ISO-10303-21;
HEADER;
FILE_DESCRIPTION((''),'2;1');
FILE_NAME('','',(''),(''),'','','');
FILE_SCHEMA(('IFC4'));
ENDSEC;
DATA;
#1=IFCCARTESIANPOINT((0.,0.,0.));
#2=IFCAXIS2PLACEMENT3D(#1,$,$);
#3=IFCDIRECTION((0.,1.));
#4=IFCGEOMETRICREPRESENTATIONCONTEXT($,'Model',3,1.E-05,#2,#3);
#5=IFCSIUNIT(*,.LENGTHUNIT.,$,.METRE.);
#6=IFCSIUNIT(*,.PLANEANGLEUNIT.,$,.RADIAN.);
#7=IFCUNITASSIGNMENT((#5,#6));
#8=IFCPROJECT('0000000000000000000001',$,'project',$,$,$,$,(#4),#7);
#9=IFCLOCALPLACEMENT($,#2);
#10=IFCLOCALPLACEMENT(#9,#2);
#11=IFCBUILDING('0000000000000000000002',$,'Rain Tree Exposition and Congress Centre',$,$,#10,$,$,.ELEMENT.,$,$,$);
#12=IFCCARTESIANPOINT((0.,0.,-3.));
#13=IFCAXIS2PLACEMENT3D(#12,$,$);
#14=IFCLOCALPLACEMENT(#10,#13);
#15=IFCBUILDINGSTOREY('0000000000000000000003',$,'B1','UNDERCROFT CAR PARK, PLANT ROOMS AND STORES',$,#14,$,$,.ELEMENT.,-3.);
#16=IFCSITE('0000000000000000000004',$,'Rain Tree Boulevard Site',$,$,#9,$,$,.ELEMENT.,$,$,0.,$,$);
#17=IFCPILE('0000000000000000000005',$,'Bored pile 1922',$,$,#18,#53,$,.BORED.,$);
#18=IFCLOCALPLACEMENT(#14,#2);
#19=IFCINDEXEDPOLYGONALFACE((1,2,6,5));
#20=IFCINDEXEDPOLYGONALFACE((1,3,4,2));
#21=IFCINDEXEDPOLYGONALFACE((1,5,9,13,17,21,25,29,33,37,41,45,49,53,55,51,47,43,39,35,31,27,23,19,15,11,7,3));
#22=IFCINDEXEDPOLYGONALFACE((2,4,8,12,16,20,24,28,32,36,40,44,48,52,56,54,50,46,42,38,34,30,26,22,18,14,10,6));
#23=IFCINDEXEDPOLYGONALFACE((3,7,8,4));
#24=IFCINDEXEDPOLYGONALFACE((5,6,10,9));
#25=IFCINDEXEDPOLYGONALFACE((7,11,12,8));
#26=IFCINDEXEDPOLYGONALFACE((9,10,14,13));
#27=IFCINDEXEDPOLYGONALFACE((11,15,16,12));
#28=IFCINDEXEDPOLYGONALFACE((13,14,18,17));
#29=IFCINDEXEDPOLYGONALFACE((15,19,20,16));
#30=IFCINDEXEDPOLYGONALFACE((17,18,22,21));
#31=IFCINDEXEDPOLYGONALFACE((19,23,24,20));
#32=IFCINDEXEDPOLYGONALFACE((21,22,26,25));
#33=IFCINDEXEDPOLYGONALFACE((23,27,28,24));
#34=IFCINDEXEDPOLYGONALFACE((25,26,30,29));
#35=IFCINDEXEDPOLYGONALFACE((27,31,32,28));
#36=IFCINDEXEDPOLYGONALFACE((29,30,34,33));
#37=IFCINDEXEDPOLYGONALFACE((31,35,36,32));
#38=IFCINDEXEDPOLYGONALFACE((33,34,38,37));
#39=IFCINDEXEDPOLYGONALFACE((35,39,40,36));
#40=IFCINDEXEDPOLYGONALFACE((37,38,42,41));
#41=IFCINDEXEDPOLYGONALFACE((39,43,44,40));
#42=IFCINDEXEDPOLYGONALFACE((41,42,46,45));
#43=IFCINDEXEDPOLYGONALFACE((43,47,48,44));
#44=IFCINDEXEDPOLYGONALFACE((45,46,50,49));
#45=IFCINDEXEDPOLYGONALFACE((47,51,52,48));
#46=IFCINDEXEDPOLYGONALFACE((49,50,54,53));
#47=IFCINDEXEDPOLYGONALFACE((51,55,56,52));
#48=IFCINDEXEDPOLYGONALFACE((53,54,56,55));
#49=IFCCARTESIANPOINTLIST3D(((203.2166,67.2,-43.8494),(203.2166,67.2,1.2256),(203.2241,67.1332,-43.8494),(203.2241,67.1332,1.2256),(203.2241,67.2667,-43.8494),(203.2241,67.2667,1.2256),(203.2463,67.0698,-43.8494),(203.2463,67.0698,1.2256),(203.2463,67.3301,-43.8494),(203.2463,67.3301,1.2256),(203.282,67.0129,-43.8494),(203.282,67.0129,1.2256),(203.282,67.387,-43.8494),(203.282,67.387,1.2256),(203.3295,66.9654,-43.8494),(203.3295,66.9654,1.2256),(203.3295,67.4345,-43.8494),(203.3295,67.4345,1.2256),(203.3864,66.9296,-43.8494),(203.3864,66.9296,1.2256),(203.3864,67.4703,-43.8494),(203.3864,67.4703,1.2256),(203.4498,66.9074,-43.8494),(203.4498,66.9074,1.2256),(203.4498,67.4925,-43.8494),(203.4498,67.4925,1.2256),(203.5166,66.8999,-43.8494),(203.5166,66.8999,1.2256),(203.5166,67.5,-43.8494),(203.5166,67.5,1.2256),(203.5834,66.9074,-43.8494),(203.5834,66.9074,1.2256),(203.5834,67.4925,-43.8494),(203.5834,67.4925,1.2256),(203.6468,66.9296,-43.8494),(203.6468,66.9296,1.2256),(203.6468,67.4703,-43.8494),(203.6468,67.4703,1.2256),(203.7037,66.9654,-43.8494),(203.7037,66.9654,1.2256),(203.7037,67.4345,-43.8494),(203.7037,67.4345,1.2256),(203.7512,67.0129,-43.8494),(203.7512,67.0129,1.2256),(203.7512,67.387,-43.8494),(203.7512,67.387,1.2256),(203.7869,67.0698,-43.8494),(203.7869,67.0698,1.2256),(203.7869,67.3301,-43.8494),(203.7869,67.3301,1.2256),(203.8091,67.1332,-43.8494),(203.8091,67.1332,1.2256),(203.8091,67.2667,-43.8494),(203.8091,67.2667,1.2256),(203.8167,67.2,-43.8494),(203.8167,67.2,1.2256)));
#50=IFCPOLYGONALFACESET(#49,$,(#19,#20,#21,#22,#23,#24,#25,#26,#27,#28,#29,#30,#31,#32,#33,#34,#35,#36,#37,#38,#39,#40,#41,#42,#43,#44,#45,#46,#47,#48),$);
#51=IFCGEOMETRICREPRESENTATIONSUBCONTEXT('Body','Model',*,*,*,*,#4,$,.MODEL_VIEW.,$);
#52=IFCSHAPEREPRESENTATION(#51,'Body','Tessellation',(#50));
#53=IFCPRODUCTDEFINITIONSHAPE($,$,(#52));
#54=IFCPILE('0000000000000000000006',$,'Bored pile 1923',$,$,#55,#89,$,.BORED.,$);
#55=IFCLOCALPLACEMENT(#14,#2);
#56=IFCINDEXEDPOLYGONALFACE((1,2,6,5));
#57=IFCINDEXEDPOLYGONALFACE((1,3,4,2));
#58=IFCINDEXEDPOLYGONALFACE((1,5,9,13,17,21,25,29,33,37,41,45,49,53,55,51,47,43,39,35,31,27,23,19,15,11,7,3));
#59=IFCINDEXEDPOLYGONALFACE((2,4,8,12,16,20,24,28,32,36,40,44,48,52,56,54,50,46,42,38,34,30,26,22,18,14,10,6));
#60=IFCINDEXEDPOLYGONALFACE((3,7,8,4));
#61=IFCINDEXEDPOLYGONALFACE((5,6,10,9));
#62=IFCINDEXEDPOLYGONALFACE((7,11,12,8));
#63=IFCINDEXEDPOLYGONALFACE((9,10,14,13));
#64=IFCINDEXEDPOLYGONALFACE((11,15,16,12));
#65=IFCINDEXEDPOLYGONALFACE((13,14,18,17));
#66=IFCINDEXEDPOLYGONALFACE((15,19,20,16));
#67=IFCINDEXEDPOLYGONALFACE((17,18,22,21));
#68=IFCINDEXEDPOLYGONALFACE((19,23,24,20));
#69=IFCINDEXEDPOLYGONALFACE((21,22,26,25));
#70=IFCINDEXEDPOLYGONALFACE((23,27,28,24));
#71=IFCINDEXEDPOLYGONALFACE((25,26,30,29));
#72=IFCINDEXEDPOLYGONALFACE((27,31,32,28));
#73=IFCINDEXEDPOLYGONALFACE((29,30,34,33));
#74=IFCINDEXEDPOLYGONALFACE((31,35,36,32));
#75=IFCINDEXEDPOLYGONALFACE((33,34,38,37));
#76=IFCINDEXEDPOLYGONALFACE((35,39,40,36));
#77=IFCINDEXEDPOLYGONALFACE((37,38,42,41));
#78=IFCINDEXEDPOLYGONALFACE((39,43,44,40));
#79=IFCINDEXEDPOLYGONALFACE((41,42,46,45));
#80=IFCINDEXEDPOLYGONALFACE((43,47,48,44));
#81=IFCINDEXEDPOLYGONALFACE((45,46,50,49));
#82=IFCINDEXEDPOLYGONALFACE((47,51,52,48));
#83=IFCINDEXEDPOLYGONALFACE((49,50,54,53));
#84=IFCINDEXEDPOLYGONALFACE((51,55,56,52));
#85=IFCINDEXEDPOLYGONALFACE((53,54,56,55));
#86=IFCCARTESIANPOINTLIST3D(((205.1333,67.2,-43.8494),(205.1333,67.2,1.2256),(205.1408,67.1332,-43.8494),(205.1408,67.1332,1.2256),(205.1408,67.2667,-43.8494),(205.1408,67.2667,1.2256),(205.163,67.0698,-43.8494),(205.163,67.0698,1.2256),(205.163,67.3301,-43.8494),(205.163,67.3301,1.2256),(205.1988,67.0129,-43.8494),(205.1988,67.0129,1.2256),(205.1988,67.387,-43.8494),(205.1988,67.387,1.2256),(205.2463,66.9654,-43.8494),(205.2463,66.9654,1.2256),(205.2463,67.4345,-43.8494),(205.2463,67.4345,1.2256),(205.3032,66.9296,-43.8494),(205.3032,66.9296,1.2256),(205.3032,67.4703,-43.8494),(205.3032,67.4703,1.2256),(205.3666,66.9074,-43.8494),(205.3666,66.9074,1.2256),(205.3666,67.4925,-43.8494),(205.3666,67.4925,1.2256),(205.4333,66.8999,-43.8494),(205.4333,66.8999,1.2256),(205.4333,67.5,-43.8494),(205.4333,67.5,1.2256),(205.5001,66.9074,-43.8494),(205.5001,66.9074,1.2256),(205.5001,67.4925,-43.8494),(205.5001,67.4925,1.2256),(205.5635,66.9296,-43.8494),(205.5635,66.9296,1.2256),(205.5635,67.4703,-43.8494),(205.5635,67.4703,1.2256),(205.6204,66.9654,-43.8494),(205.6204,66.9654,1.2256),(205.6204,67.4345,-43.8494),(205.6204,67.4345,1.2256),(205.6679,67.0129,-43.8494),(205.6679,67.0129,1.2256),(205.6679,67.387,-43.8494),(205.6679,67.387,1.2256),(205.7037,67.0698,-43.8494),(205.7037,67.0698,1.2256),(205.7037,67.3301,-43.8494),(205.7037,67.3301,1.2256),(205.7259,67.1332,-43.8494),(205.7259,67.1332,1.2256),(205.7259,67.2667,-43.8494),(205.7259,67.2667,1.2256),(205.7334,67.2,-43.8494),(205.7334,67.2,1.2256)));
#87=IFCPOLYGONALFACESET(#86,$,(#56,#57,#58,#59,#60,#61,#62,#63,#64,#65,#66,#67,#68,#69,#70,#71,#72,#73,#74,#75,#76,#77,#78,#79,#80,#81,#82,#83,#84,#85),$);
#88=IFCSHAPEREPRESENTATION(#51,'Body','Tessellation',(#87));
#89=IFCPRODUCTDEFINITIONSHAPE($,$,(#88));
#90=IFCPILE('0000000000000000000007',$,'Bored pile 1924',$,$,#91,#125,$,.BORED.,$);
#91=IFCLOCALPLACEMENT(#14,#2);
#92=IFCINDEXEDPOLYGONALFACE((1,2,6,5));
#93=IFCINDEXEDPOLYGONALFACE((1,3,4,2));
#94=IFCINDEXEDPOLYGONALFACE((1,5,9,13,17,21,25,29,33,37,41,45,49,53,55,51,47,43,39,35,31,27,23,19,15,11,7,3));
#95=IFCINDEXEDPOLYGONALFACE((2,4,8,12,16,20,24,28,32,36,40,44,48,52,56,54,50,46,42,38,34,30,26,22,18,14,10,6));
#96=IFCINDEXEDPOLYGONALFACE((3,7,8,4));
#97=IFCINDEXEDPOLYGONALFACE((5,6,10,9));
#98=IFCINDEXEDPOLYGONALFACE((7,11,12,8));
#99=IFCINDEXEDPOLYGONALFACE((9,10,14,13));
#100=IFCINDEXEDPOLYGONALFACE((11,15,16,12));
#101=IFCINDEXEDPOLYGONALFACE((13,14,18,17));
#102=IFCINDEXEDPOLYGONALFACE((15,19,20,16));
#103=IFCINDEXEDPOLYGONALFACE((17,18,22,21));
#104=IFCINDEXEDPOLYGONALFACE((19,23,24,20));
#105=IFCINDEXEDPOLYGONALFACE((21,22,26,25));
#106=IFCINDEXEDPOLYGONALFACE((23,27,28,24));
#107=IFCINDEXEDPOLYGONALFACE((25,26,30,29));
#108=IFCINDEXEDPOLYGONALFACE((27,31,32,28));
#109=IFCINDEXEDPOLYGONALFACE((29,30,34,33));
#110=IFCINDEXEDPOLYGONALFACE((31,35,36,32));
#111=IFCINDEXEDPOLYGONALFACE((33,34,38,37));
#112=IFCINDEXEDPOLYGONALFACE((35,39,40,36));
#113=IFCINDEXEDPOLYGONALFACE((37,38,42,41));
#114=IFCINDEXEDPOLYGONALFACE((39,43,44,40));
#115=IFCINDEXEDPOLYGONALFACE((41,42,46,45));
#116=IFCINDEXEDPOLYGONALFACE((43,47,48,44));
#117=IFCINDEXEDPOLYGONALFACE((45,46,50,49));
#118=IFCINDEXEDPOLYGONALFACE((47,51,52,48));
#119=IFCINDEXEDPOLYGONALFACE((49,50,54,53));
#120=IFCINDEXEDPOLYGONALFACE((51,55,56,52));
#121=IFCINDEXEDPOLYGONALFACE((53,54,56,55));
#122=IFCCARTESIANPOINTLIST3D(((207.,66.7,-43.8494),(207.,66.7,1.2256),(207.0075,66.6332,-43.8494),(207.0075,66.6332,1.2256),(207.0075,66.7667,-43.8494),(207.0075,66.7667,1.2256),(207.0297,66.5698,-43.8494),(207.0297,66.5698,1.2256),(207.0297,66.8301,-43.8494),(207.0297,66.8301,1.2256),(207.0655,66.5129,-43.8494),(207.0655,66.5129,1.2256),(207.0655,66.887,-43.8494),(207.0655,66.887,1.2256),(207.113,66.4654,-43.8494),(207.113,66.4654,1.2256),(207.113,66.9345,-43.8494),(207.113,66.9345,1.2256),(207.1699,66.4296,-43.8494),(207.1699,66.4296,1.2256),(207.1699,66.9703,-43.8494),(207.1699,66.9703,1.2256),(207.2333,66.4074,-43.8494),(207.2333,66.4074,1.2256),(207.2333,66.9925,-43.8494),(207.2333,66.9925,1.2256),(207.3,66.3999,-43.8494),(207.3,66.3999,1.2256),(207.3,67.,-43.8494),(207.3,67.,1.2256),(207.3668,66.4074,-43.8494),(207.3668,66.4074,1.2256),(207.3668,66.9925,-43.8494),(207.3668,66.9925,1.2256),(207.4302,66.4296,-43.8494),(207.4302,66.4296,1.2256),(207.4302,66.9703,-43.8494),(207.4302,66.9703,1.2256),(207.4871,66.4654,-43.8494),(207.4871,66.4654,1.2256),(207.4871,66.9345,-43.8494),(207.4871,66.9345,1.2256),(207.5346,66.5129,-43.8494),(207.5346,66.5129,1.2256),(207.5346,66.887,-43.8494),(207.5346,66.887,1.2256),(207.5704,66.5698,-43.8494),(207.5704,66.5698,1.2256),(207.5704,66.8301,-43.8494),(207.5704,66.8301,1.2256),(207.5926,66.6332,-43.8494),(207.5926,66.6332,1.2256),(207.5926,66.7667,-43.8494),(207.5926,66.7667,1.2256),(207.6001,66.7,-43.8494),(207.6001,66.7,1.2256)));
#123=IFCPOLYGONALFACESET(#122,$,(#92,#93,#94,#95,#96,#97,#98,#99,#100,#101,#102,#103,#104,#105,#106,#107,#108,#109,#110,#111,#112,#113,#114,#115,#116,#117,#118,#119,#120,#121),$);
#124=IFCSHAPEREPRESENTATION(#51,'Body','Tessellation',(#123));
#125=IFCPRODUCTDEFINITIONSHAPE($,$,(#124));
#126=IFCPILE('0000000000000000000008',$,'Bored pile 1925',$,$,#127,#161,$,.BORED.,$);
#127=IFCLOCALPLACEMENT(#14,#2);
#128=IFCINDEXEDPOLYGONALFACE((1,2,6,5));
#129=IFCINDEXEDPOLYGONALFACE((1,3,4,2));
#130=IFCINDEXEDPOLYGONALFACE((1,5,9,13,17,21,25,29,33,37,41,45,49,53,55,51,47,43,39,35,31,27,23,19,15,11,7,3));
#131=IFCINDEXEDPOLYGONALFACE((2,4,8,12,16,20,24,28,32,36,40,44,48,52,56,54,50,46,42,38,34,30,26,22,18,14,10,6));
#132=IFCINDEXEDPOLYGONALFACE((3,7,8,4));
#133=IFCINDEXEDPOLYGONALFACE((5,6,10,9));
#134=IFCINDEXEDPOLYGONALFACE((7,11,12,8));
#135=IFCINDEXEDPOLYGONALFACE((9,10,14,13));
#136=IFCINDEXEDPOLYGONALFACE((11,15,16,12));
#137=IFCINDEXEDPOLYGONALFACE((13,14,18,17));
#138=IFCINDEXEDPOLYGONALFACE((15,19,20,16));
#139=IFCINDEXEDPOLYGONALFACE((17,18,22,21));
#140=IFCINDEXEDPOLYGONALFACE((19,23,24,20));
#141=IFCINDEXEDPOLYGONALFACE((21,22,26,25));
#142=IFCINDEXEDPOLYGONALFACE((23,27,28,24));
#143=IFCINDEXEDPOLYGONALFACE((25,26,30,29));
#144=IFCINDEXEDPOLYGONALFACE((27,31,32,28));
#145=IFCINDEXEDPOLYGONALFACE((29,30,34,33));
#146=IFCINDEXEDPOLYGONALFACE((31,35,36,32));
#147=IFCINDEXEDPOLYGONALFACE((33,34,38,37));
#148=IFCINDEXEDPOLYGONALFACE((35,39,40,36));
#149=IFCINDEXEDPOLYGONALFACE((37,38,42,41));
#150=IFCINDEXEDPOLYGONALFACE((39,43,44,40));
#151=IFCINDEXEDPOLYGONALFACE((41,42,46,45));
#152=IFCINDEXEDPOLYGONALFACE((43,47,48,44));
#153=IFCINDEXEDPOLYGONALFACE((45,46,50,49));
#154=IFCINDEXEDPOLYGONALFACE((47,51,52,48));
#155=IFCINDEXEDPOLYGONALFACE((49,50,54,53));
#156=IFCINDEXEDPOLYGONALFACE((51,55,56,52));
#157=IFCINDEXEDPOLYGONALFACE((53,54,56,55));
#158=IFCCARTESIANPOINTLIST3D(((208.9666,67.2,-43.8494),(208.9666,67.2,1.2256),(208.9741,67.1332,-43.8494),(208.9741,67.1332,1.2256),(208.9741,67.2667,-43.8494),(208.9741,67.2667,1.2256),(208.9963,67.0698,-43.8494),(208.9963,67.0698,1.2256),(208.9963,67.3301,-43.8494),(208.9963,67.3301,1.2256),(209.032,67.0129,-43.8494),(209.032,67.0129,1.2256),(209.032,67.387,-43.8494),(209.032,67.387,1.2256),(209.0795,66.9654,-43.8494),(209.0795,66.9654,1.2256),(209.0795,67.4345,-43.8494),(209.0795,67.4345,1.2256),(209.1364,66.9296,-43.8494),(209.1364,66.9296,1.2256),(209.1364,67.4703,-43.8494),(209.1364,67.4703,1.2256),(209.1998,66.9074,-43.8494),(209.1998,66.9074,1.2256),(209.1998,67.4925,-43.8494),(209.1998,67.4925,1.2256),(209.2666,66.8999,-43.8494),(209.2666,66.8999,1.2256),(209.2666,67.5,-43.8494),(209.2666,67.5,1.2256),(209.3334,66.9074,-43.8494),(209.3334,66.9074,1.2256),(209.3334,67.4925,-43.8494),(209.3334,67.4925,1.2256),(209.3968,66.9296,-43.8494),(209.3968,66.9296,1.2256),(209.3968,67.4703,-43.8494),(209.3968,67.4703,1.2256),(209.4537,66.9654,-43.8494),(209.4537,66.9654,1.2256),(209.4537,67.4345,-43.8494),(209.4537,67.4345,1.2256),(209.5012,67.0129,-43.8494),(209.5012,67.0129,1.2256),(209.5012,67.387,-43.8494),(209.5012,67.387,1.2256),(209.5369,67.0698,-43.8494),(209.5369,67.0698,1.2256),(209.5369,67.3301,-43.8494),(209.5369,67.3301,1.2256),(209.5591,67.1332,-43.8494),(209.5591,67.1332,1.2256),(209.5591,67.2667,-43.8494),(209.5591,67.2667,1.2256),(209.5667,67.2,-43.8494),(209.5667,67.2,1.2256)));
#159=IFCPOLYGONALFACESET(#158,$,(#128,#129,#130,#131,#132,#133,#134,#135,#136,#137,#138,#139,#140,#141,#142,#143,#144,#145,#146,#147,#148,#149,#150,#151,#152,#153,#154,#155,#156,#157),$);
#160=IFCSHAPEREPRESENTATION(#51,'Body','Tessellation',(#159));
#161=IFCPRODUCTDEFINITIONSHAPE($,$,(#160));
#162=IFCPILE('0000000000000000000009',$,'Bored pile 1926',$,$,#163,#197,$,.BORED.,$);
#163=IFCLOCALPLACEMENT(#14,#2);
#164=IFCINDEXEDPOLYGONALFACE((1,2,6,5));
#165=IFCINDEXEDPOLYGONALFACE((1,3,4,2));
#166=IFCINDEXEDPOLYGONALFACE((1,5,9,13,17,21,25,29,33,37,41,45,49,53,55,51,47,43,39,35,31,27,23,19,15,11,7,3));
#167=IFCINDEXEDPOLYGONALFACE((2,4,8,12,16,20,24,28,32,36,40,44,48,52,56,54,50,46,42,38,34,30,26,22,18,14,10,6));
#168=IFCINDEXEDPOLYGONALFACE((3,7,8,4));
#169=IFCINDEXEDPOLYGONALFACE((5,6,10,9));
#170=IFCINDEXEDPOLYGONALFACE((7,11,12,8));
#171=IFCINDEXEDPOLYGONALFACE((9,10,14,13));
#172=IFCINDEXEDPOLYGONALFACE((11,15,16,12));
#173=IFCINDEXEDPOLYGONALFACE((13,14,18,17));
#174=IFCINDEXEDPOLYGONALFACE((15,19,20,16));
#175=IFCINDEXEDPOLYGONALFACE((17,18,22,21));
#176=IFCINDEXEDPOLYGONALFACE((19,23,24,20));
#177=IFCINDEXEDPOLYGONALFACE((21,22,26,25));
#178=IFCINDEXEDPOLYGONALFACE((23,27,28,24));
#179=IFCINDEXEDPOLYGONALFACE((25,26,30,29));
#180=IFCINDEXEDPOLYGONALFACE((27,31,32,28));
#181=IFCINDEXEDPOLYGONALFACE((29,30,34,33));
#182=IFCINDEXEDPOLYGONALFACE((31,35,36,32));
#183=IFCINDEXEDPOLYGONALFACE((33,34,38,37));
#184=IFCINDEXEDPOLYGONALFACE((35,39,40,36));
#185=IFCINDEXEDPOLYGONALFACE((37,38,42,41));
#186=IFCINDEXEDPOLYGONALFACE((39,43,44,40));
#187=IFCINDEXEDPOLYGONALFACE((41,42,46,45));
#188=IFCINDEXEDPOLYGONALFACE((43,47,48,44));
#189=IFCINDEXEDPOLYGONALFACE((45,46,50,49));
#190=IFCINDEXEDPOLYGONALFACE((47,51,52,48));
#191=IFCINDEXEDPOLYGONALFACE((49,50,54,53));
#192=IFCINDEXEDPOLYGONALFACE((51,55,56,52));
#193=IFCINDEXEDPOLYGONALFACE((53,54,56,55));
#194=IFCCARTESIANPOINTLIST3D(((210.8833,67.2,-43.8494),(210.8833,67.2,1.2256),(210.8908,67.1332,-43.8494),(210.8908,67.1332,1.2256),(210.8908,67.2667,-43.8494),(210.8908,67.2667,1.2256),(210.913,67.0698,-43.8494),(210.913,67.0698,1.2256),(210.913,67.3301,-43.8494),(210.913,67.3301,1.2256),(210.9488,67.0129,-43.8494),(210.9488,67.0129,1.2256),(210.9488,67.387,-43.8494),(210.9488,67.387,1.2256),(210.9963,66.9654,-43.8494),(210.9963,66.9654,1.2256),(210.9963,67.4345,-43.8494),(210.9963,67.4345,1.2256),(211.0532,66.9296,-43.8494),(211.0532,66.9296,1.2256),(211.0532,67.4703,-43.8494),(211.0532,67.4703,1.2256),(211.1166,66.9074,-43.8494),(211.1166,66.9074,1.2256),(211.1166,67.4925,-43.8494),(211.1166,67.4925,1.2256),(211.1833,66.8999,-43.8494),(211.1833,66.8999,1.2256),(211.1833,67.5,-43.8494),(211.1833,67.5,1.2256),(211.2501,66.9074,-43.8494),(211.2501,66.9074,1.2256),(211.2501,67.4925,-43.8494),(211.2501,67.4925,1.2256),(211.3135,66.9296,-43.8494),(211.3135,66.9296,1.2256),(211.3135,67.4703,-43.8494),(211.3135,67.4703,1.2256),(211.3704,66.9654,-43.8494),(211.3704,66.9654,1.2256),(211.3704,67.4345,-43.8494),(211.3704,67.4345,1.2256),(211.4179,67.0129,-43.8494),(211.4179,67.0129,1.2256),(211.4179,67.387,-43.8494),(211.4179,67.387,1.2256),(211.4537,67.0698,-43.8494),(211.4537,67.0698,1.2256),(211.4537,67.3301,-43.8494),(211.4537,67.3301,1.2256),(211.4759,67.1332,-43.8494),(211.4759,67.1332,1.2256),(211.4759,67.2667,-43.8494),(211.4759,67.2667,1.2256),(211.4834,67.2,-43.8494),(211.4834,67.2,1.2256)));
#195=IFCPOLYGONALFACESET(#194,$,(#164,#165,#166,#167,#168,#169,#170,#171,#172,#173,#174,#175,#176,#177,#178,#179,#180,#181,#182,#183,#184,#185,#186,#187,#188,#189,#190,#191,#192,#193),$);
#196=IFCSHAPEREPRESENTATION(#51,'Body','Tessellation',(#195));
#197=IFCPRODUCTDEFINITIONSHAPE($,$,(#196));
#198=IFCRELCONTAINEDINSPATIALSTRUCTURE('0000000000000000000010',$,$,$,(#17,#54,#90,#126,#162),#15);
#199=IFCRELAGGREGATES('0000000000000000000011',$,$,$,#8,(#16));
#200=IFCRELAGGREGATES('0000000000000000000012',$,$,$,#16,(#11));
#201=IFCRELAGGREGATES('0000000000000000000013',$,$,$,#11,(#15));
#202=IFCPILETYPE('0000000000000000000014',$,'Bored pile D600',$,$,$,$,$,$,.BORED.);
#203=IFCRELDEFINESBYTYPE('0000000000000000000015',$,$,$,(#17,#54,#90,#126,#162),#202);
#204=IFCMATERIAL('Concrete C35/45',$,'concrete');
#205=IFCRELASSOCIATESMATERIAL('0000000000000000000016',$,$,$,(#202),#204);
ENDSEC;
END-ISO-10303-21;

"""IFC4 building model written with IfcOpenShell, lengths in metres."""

from ifc_helpers import new_model, si_unit, direction, frame, origin, origin_2d, place, context, subcontext, project, spatial, circle, extrude, material, material_profile, profile_set, type_object, element, save


model = new_model("IFC4")

# Units and contexts
model_context = context("Model", 3, precision=1e-05, world=origin(), true_north=direction((0.0, 1.0)))
body_context = subcontext(model_context, "Body", "Model", "MODEL_VIEW")
ifc_project = project(units=[si_unit("LENGTHUNIT", "METRE"), si_unit("PLANEANGLEUNIT", "RADIAN")], contexts=[model_context])

# Site, building, storey
site_placement = place(None, origin())
site = spatial("IfcSite", under=ifc_project, at=site_placement, Name="Rain Tree Boulevard Site", CompositionType="ELEMENT", RefElevation=0.0)
building_placement = place(site_placement, origin())
building = spatial("IfcBuilding", under=site, at=building_placement, Name="Rain Tree Exposition and Congress Centre", CompositionType="ELEMENT")
storey_placement = place(building_placement, frame((0.0, 0.0, -3.0)))
storey = spatial("IfcBuildingStorey", under=building, at=storey_placement, Name="B1", Description="UNDERCROFT CAR PARK, PLANT ROOMS AND STORES", CompositionType="ELEMENT", Elevation=-3.0)

# Piles
ifc_material_1 = material(Name="Concrete C35/45", Category="concrete")
ifc_material_profile_1 = material_profile(ifc_material_1, circle(Radius=0.3, at=origin_2d()), Name="D600")
ifc_profile_set_1 = profile_set([ifc_material_profile_1], Name="Concrete C35/45")
pile_type_1 = type_object("IfcPileType", Name="Bored pile D600", PredefinedType="BORED", material=ifc_profile_set_1)
for number, where, z_axis, x_axis, name in (
    (1, (203.5166, 67.2, 1.2256), (0.0, 0.0, -1.0), (1.0, 0.0, 0.0), "Bored pile 1922"),
    (2, (205.4333, 67.2, 1.2256), (0.0, 0.0, -1.0), (1.0, 0.0, 0.0), "Bored pile 1923"),
    (3, (207.3, 66.7, 1.2256), (0.0, 0.0, -1.0), (1.0, 0.0, 0.0), "Bored pile 1924"),
    (4, (209.2666, 67.2, 1.2256), (0.0, 0.0, -1.0), (1.0, 0.0, 0.0), "Bored pile 1925"),
    (5, (211.1833, 67.2, 1.2256), (0.0, 0.0, -1.0), (1.0, 0.0, 0.0), "Bored pile 1926"),
):
    element("IfcPile", number, at=place(storey_placement, frame(where, z_axis=z_axis, x_axis=x_axis)), inside=storey, type_object=pile_type_1, Name=name, PredefinedType="BORED", context=body_context, shape_type="SweptSolid", body=[
        extrude(circle(Radius=0.3, at=origin_2d()), origin(), (0.0, 0.0, 1.0), 45.075),
    ])

save(model, "model.ifc")
